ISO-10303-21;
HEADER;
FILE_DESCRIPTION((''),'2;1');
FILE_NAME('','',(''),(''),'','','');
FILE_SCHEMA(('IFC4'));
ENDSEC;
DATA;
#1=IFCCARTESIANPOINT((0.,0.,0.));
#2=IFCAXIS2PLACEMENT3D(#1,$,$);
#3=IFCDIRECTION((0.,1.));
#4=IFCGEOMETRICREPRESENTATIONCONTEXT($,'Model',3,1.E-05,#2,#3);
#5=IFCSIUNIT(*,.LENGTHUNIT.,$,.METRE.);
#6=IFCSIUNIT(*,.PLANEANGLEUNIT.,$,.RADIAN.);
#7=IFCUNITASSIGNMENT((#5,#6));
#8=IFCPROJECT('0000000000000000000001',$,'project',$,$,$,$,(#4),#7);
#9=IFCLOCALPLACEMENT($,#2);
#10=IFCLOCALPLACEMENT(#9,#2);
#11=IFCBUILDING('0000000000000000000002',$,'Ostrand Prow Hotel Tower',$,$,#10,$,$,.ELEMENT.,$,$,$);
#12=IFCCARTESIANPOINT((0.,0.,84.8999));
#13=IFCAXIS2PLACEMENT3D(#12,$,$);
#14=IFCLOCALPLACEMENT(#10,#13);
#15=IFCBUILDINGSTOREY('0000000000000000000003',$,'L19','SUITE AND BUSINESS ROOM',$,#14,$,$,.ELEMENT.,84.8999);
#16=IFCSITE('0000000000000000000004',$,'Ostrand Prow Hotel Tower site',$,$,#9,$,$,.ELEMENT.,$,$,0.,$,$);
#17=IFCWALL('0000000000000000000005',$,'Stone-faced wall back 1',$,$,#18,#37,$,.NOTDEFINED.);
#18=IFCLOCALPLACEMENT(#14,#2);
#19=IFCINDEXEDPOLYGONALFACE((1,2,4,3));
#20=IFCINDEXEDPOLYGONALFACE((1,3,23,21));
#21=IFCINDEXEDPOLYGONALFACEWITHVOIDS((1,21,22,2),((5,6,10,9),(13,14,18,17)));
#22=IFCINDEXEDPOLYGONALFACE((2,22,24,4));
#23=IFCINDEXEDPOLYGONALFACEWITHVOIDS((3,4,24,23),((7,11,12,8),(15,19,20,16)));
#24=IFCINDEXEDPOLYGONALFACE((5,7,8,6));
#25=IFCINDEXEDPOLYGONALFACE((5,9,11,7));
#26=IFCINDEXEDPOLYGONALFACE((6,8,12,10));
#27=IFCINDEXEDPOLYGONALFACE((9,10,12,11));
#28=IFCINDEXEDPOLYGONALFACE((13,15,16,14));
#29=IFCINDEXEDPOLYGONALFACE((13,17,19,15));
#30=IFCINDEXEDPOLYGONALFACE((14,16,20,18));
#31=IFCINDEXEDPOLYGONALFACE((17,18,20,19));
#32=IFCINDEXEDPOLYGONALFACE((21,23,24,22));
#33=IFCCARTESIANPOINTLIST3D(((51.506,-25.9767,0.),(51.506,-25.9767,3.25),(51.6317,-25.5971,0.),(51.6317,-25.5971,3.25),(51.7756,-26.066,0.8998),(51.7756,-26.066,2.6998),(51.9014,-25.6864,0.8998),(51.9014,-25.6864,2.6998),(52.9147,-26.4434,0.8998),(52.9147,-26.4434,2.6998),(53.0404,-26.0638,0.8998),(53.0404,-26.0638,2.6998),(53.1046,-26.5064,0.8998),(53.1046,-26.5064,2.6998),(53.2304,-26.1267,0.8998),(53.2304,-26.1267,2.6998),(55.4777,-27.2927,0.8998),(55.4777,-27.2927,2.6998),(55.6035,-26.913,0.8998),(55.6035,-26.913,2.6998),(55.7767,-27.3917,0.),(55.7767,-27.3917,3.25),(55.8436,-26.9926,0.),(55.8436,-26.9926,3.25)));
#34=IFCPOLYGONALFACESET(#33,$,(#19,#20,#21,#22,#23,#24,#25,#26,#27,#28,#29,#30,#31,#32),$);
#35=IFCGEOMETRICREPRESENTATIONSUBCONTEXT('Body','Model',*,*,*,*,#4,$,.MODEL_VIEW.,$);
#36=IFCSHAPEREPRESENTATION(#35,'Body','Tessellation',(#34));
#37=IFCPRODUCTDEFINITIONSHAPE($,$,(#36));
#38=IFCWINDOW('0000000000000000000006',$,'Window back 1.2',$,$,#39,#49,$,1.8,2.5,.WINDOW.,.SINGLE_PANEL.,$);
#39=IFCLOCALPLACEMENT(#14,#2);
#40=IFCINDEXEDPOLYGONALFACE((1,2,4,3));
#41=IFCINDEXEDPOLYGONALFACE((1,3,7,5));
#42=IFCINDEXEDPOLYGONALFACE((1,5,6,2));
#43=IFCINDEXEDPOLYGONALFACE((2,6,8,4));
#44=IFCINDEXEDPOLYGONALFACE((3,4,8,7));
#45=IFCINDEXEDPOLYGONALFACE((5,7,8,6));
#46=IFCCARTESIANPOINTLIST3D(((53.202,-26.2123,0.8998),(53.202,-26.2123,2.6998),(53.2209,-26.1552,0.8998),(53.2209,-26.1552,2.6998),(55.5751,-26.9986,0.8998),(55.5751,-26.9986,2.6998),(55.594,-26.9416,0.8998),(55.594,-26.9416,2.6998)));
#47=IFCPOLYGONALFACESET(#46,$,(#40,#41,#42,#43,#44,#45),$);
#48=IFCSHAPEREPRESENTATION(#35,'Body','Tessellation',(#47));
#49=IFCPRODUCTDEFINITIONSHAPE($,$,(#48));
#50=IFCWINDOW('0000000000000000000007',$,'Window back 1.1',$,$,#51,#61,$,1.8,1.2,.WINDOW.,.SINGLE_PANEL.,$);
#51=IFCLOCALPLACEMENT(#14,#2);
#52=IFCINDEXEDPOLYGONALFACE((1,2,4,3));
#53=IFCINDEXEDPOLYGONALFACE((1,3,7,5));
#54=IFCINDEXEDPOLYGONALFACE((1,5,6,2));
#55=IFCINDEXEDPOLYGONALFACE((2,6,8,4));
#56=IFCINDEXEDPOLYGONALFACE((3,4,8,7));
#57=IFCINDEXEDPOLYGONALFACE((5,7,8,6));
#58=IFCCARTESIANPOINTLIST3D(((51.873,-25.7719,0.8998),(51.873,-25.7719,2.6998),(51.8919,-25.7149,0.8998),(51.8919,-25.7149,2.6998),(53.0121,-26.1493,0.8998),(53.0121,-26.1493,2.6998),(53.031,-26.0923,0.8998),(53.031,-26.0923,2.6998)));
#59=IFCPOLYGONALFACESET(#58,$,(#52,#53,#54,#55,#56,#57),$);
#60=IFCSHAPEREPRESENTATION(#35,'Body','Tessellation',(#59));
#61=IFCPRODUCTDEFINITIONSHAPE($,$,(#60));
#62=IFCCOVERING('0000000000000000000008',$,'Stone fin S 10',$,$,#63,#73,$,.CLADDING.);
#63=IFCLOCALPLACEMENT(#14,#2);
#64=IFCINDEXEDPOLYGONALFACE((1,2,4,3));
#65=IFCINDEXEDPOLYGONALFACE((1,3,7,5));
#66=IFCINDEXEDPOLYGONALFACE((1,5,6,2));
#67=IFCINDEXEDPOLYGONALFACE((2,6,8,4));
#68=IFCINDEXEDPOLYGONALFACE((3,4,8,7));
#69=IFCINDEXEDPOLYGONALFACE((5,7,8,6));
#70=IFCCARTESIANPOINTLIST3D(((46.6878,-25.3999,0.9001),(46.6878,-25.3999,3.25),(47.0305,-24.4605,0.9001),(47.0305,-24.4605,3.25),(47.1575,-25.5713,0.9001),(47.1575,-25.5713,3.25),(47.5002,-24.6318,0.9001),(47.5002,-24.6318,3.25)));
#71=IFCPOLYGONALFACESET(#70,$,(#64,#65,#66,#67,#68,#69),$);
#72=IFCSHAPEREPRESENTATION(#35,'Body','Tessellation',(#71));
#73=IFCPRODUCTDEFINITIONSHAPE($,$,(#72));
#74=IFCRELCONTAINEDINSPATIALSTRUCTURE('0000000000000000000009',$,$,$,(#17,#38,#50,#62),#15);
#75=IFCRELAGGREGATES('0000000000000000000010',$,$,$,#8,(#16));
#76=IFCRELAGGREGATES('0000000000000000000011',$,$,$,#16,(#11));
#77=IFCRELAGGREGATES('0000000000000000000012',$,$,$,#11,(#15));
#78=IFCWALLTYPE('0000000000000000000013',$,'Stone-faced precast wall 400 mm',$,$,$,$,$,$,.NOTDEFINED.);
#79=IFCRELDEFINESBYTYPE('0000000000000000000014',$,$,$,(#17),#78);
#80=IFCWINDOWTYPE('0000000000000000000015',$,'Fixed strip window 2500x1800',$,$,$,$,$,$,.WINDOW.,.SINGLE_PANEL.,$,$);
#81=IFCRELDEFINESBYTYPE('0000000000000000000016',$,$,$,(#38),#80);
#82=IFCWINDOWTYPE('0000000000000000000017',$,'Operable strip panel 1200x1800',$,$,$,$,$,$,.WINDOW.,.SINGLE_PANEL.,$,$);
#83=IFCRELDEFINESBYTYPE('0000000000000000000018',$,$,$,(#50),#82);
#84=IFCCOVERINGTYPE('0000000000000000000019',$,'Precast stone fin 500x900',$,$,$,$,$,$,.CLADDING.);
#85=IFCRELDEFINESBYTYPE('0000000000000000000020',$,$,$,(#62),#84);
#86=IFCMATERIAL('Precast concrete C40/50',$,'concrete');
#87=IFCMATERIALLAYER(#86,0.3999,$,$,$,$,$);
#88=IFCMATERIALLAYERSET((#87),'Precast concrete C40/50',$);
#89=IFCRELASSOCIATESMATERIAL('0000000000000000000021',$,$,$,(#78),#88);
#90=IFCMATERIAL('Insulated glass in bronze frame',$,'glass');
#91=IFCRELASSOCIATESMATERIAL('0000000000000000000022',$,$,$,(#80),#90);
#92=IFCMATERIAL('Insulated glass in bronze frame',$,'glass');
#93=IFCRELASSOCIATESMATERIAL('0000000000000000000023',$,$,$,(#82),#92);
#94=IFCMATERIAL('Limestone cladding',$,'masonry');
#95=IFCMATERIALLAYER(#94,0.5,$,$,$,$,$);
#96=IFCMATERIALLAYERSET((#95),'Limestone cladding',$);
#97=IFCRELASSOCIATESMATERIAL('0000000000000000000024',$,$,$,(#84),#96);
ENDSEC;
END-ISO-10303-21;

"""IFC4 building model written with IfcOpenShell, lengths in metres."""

from ifc_helpers import new_model, si_unit, direction, frame, frame_2d, origin, place, context, subcontext, project, spatial, polyline, rectangle, outline, extrude, material, layer, layer_set, type_object, element, fill, save


model = new_model("IFC4")

# Units and contexts
model_context = context("Model", 3, precision=1e-05, world=origin(), true_north=direction((0.0, 1.0)))
body_context = subcontext(model_context, "Body", "Model", "MODEL_VIEW")
ifc_project = project(units=[si_unit("LENGTHUNIT", "METRE"), si_unit("PLANEANGLEUNIT", "RADIAN")], contexts=[model_context])

# Site, building, storey
site_placement = place(None, origin())
site = spatial("IfcSite", under=ifc_project, at=site_placement, Name="Ostrand Prow Hotel Tower site", CompositionType="ELEMENT", RefElevation=0.0)
building_placement = place(site_placement, origin())
building = spatial("IfcBuilding", under=site, at=building_placement, Name="Ostrand Prow Hotel Tower", CompositionType="ELEMENT")
storey_placement = place(building_placement, frame((0.0, 0.0, 84.8999)))
storey = spatial("IfcBuildingStorey", under=building, at=storey_placement, Name="L19", Description="SUITE AND BUSINESS ROOM", CompositionType="ELEMENT", Elevation=84.8999)

# Wall, openings, windows
ifc_material_1 = material(Name="Precast concrete C40/50", Category="concrete")
ifc_layer_1 = layer(ifc_material_1, 0.3999)
ifc_layer_set_1 = layer_set([ifc_layer_1], Name="Precast concrete C40/50")
wall_type_1 = type_object("IfcWallType", Name="Stone-faced precast wall 400 mm", PredefinedType="NOTDEFINED", material=ifc_layer_set_1)
wall_1_placement = place(storey_placement, frame((51.5688, -25.7869, 0.0), z_axis=(0.0, 0.0, 1.0), x_axis=(0.94925, -0.314522, 0.0)))
wall_1 = element("IfcWall", 1, at=wall_1_placement, inside=storey, type_object=wall_type_1, Name="Stone-faced wall back 1", PredefinedType="NOTDEFINED", context=body_context, shape_type="SweptSolid", body=[
    extrude(outline(polyline([(0.0, -0.2), (4.499, -0.2), (4.437, 0.2), (0.0, 0.2), (0.0, -0.2)])), origin(), (0.0, 0.0, 1.0), 3.25),
])
opening_1_placement = place(wall_1_placement, frame((0.2839, 0.0, 0.8999)))
opening_1 = element("IfcOpeningElement", 2, at=opening_1_placement, cuts=wall_1, PredefinedType="OPENING", context=body_context, shape_type="SweptSolid", body=[
    extrude(rectangle(XDim=1.2, YDim=1.8, at=frame_2d((0.6001, 0.8999))), frame((0.0, 0.21, 0.0), z_axis=(0.0, -1.0, 0.0), x_axis=(1.0, 0.0, 0.0)), (0.0, 0.0, 1.0), 0.4199),
])
opening_2_placement = place(wall_1_placement, frame((1.6841, 0.0, 0.8999)))
opening_2 = element("IfcOpeningElement", 3, at=opening_2_placement, cuts=wall_1, PredefinedType="OPENING", context=body_context, shape_type="SweptSolid", body=[
    extrude(rectangle(XDim=2.5, YDim=1.8, at=frame_2d((1.25, 0.8999))), frame((0.0, 0.21, 0.0), z_axis=(0.0, -1.0, 0.0), x_axis=(1.0, 0.0, 0.0)), (0.0, 0.0, 1.0), 0.4199),
])
ifc_material_2 = material(Name="Insulated glass in bronze frame", Category="glass")
window_type_1 = type_object("IfcWindowType", Name="Fixed strip window 2500x1800", PartitioningType="SINGLE_PANEL", PredefinedType="WINDOW", material=ifc_material_2)
window_1_placement = place(opening_2_placement, origin())
window_1 = element("IfcWindow", 4, at=window_1_placement, inside=storey, type_object=window_type_1, Name="Window back 1.2", OverallHeight=1.8, OverallWidth=2.5, PartitioningType="SINGLE_PANEL", PredefinedType="WINDOW", context=body_context, shape_type="SweptSolid", body=[
    extrude(rectangle(XDim=2.5, YDim=1.8, at=frame_2d((1.25, 0.8999))), frame((0.0, 0.1699, 0.0), z_axis=(0.0, -1.0, 0.0), x_axis=(1.0, 0.0, 0.0)), (0.0, 0.0, 1.0), 0.0601),
])
fill(opening_2, window_1)
ifc_material_3 = material(Name="Insulated glass in bronze frame", Category="glass")
window_type_2 = type_object("IfcWindowType", Name="Operable strip panel 1200x1800", PartitioningType="SINGLE_PANEL", PredefinedType="WINDOW", material=ifc_material_3)
window_2_placement = place(opening_1_placement, origin())
window_2 = element("IfcWindow", 5, at=window_2_placement, inside=storey, type_object=window_type_2, Name="Window back 1.1", OverallHeight=1.8, OverallWidth=1.2, PartitioningType="SINGLE_PANEL", PredefinedType="WINDOW", context=body_context, shape_type="SweptSolid", body=[
    extrude(rectangle(XDim=1.2, YDim=1.8, at=frame_2d((0.6001, 0.8999))), frame((0.0, 0.1699, 0.0), z_axis=(0.0, -1.0, 0.0), x_axis=(1.0, 0.0, 0.0)), (0.0, 0.0, 1.0), 0.0601),
])
fill(opening_1, window_2)

# Covering
ifc_material_4 = material(Name="Limestone cladding", Category="masonry")
ifc_layer_2 = layer(ifc_material_4, 0.5)
ifc_layer_set_2 = layer_set([ifc_layer_2], Name="Limestone cladding")
covering_type = type_object("IfcCoveringType", Name="Precast stone fin 500x900", PredefinedType="CLADDING", material=ifc_layer_set_2)
covering_placement = place(storey_placement, frame((47.2654, -24.5461, 0.9001), z_axis=(0.0, 0.0, 1.0), x_axis=(-0.342762, -0.939422, 0.0)))
element("IfcCovering", 6, at=covering_placement, inside=storey, type_object=covering_type, Name="Stone fin S 10", PredefinedType="CLADDING", context=body_context, shape_type="SweptSolid", body=[
    extrude(rectangle(XDim=1.0, YDim=0.5, at=frame_2d((0.5, 0.0))), origin(), (0.0, 0.0, 1.0), 2.3499),
])

save(model, "model.ifc")
